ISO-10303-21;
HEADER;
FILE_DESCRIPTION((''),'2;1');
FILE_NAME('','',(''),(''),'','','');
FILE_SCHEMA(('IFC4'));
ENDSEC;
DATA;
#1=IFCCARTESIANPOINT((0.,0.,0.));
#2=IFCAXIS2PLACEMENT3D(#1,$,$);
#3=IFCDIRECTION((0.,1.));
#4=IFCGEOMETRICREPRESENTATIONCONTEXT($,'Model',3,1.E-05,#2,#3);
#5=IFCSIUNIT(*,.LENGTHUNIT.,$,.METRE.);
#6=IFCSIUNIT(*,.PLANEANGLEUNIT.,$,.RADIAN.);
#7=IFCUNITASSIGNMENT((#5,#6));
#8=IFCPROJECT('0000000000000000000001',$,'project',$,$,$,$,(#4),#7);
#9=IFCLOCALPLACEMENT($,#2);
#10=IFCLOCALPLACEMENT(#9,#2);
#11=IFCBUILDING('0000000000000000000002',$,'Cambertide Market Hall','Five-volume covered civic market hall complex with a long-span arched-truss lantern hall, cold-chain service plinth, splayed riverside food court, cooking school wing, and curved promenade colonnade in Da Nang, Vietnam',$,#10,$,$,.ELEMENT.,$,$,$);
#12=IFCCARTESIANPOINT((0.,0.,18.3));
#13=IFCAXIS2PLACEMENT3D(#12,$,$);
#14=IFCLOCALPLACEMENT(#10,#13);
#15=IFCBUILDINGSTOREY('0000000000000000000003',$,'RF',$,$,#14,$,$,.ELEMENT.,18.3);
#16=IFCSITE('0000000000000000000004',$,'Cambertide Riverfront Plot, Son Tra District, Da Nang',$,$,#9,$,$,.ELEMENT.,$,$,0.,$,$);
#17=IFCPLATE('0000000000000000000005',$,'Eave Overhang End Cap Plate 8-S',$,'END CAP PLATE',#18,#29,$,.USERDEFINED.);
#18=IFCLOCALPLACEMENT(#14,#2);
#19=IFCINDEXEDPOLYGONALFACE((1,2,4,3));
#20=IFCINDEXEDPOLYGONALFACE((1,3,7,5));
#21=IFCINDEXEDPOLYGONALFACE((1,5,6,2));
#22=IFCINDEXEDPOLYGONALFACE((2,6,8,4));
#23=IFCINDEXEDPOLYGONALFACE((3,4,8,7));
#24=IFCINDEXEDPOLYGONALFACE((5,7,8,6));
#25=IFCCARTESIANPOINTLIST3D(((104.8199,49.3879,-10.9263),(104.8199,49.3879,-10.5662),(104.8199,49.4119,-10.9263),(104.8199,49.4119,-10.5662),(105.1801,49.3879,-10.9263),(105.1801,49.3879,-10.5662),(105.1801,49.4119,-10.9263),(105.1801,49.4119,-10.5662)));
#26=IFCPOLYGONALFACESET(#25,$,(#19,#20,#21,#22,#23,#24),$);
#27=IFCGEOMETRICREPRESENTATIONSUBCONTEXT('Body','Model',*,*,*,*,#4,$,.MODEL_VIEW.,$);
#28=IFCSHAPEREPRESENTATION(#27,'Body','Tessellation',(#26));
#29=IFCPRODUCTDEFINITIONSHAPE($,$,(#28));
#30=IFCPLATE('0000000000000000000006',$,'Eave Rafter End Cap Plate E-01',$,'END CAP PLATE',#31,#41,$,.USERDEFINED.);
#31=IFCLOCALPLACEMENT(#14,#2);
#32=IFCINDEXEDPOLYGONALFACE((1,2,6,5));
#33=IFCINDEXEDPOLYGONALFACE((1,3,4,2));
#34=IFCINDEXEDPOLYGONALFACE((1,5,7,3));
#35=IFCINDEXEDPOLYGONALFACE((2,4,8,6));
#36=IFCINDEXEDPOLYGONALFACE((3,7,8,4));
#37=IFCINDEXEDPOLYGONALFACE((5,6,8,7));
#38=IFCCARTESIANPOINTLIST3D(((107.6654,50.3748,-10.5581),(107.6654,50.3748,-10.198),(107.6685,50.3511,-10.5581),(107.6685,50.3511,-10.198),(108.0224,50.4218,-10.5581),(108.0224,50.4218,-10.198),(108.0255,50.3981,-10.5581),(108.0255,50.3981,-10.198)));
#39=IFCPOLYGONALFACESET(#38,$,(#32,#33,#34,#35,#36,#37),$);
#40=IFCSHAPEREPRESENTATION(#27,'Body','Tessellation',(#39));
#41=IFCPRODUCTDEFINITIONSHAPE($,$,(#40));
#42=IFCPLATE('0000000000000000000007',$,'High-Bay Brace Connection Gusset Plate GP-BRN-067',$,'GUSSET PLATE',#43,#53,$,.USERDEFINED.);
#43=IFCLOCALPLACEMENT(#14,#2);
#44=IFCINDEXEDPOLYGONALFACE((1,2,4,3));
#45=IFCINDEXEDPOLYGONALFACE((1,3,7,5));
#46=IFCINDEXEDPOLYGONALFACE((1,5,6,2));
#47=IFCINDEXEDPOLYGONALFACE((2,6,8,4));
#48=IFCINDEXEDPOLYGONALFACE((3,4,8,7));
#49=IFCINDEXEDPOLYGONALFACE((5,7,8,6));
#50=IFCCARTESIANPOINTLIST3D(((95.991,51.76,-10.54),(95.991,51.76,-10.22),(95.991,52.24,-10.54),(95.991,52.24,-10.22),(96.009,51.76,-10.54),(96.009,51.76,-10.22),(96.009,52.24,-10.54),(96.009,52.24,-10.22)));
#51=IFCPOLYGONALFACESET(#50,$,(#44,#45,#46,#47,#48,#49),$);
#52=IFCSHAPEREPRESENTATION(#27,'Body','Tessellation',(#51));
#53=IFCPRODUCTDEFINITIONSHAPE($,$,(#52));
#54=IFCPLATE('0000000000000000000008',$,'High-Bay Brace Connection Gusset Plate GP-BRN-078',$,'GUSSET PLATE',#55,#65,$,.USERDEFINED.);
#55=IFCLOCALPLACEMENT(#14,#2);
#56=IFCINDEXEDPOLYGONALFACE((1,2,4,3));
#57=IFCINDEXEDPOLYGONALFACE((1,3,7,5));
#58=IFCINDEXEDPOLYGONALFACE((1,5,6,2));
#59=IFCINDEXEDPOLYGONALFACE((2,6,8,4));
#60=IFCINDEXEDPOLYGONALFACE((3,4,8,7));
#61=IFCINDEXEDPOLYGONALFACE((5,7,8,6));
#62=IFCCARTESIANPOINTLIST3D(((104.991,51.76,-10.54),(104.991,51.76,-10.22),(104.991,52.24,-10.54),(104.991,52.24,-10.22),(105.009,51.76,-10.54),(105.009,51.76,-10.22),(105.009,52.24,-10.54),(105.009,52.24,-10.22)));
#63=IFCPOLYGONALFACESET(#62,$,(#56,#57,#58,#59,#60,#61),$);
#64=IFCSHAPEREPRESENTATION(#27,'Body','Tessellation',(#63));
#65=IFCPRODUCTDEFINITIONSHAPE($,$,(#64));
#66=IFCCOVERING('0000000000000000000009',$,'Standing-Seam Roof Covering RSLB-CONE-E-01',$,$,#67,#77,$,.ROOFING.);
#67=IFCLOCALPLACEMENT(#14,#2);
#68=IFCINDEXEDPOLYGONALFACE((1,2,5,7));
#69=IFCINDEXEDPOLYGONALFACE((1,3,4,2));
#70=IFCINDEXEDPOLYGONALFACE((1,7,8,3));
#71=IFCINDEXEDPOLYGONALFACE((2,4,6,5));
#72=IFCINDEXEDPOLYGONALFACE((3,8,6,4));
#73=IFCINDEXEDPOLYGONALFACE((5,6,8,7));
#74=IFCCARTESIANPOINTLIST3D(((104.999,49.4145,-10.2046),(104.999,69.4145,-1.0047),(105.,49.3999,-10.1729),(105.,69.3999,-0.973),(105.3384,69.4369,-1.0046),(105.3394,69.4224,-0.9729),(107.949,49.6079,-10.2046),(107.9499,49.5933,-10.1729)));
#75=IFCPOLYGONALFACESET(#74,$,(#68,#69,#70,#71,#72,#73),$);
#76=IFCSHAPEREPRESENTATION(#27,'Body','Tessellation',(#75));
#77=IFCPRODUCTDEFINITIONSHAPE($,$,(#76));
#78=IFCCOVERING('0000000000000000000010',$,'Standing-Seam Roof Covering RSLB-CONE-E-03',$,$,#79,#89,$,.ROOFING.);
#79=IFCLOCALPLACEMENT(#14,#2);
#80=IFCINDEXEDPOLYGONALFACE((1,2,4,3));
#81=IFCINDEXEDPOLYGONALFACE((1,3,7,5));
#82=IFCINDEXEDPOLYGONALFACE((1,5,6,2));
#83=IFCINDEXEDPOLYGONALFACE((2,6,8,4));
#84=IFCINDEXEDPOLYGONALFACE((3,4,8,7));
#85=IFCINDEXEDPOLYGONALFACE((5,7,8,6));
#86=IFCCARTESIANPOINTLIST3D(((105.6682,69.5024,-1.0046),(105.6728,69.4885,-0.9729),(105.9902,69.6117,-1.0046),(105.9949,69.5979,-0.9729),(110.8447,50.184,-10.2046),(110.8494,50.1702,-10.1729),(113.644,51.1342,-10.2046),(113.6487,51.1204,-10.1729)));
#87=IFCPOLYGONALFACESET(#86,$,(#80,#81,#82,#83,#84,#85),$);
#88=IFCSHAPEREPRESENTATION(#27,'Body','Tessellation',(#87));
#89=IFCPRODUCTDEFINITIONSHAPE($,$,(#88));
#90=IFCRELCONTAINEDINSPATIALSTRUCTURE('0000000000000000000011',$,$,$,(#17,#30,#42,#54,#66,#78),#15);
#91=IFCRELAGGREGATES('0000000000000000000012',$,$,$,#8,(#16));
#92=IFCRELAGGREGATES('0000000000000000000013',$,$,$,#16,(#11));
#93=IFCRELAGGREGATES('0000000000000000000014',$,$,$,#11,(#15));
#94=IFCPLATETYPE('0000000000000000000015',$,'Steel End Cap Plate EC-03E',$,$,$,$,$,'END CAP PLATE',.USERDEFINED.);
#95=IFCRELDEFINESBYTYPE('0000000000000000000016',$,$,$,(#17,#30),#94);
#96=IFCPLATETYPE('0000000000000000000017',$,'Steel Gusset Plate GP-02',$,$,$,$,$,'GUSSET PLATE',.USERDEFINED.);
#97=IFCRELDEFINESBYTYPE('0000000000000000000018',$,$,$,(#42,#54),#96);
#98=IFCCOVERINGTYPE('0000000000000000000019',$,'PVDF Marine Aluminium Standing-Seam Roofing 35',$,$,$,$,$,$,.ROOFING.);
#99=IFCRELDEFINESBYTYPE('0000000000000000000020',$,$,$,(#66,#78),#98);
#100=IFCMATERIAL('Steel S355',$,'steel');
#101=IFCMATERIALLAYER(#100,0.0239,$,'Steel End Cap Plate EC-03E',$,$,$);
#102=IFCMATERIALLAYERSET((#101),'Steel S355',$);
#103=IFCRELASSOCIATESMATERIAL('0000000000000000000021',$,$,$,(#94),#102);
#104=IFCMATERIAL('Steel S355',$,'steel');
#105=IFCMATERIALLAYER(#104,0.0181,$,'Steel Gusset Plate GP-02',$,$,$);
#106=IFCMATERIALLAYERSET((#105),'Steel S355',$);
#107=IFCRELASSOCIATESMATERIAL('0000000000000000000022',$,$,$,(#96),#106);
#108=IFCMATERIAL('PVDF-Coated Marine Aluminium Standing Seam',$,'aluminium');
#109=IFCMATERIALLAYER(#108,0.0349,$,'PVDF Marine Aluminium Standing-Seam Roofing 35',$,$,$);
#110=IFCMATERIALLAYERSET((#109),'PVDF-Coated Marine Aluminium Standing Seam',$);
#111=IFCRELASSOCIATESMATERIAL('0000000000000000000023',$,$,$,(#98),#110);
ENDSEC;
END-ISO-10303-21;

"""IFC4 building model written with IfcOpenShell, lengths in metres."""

from ifc_helpers import new_model, si_unit, direction, frame, origin, origin_2d, place, context, subcontext, project, spatial, polyline, rectangle, outline, extrude, material, layer, layer_set, type_object, element, save


model = new_model("IFC4")

# Units and contexts
model_context = context("Model", 3, precision=1e-05, world=origin(), true_north=direction((0.0, 1.0)))
body_context = subcontext(model_context, "Body", "Model", "MODEL_VIEW")
ifc_project = project(units=[si_unit("LENGTHUNIT", "METRE"), si_unit("PLANEANGLEUNIT", "RADIAN")], contexts=[model_context])

# Site, building, storey
site_placement = place(None, origin())
site = spatial("IfcSite", under=ifc_project, at=site_placement, Name="Cambertide Riverfront Plot, Son Tra District, Da Nang", CompositionType="ELEMENT", RefElevation=0.0)
building_placement = place(site_placement, origin())
building = spatial("IfcBuilding", under=site, at=building_placement, Name="Cambertide Market Hall", Description="Five-volume covered civic market hall complex with a long-span arched-truss lantern hall, cold-chain service plinth, splayed riverside food court, cooking school wing, and curved promenade colonnade in Da Nang, Vietnam", CompositionType="ELEMENT")
storey_placement = place(building_placement, frame((0.0, 0.0, 18.3)))
storey = spatial("IfcBuildingStorey", under=building, at=storey_placement, Name="RF", CompositionType="ELEMENT", Elevation=18.3)

# Plates
ifc_material_1 = material(Name="Steel S355", Category="steel")
ifc_layer_1 = layer(ifc_material_1, 0.0239, Name="Steel End Cap Plate EC-03E")
ifc_layer_set_1 = layer_set([ifc_layer_1], Name="Steel S355")
plate_type_1 = type_object("IfcPlateType", Name="Steel End Cap Plate EC-03E", ElementType="END CAP PLATE", PredefinedType="USERDEFINED", material=ifc_layer_set_1)
plate_1_placement = place(storey_placement, frame((105.0, 49.3999, -10.9263), z_axis=(0.0, 0.0, 1.0), x_axis=(1.0, 0.0, 0.0)))
element("IfcPlate", 1, at=plate_1_placement, inside=storey, type_object=plate_type_1, Name="Eave Overhang End Cap Plate 8-S", ObjectType="END CAP PLATE", PredefinedType="USERDEFINED", context=body_context, shape_type="SweptSolid", body=[
    extrude(rectangle(XDim=0.3601, YDim=0.0239, at=origin_2d()), origin(), (0.0, 0.0, 1.0), 0.3601),
])
plate_2_placement = place(storey_placement, frame((107.8455, 50.3865, -10.5581), z_axis=(0.0, 0.0, 1.0), x_axis=(0.130526, -0.991445, 0.0)))
element("IfcPlate", 2, at=plate_2_placement, inside=storey, type_object=plate_type_1, Name="Eave Rafter End Cap Plate E-01", ObjectType="END CAP PLATE", PredefinedType="USERDEFINED", context=body_context, shape_type="SweptSolid", body=[
    extrude(rectangle(XDim=0.0239, YDim=0.3601, at=origin_2d()), origin(), (0.0, 0.0, 1.0), 0.3601),
])
ifc_material_2 = material(Name="Steel S355", Category="steel")
ifc_layer_2 = layer(ifc_material_2, 0.0181, Name="Steel Gusset Plate GP-02")
ifc_layer_set_2 = layer_set([ifc_layer_2], Name="Steel S355")
plate_type_2 = type_object("IfcPlateType", Name="Steel Gusset Plate GP-02", ElementType="GUSSET PLATE", PredefinedType="USERDEFINED", material=ifc_layer_set_2)
for number, where, z_axis, x_axis, name in (
    (3, (96.0, 52.0, -10.54), (0.0, 0.0, 1.0), (0.0, 1.0, 0.0), "High-Bay Brace Connection Gusset Plate GP-BRN-067"),
    (4, (105.0, 52.0, -10.54), (0.0, 0.0, 1.0), (0.0, 1.0, 0.0), "High-Bay Brace Connection Gusset Plate GP-BRN-078"),
):
    element("IfcPlate", number, at=place(storey_placement, frame(where, z_axis=z_axis, x_axis=x_axis)), inside=storey, type_object=plate_type_2, Name=name, ObjectType="GUSSET PLATE", PredefinedType="USERDEFINED", context=body_context, shape_type="SweptSolid", body=[
        extrude(rectangle(XDim=0.48, YDim=0.0181, at=origin_2d()), origin(), (0.0, 0.0, 1.0), 0.3201),
    ])

# Coverings
ifc_material_3 = material(Name="PVDF-Coated Marine Aluminium Standing Seam", Category="aluminium")
ifc_layer_3 = layer(ifc_material_3, 0.0349, Name="PVDF Marine Aluminium Standing-Seam Roofing 35")
ifc_layer_set_3 = layer_set([ifc_layer_3], Name="PVDF-Coated Marine Aluminium Standing Seam")
covering_type = type_object("IfcCoveringType", Name="PVDF Marine Aluminium Standing-Seam Roofing 35", PredefinedType="ROOFING", material=ifc_layer_set_3)
covering_1_placement = place(storey_placement, frame((105.0, 49.3999, -10.1729), z_axis=(0.027409, -0.417743, 0.908152), x_axis=(0.997858, 0.065418, -0.000025)))
element("IfcCovering", 5, at=covering_1_placement, inside=storey, type_object=covering_type, Name="Standing-Seam Roof Covering RSLB-CONE-E-01", PredefinedType="ROOFING", context=body_context, shape_type="SweptSolid", body=[
    extrude(outline(polyline([(0.0, 0.0), (2.9563, 0.0), (1.6482, 21.9758), (1.3081, 21.9756), (0.0, 0.0)])), origin(), (0.0, 0.0, -1.0), 0.0349),
])
covering_2_placement = place(storey_placement, frame((110.8494, 50.1702, -10.1729), z_axis=(0.134571, -0.396426, 0.90815), x_axis=(0.946934, 0.321429, -0.000007)))
element("IfcCovering", 6, at=covering_2_placement, inside=storey, type_object=covering_type, Name="Standing-Seam Roof Covering RSLB-CONE-E-03", PredefinedType="ROOFING", context=body_context, shape_type="SweptSolid", body=[
    extrude(outline(polyline([(0.0, 0.0), (2.9562, 0.0), (1.6477, 21.9756), (1.3076, 21.9755), (0.0, 0.0)])), origin(), (0.0, 0.0, -1.0), 0.0349),
])

save(model, "model.ifc")
